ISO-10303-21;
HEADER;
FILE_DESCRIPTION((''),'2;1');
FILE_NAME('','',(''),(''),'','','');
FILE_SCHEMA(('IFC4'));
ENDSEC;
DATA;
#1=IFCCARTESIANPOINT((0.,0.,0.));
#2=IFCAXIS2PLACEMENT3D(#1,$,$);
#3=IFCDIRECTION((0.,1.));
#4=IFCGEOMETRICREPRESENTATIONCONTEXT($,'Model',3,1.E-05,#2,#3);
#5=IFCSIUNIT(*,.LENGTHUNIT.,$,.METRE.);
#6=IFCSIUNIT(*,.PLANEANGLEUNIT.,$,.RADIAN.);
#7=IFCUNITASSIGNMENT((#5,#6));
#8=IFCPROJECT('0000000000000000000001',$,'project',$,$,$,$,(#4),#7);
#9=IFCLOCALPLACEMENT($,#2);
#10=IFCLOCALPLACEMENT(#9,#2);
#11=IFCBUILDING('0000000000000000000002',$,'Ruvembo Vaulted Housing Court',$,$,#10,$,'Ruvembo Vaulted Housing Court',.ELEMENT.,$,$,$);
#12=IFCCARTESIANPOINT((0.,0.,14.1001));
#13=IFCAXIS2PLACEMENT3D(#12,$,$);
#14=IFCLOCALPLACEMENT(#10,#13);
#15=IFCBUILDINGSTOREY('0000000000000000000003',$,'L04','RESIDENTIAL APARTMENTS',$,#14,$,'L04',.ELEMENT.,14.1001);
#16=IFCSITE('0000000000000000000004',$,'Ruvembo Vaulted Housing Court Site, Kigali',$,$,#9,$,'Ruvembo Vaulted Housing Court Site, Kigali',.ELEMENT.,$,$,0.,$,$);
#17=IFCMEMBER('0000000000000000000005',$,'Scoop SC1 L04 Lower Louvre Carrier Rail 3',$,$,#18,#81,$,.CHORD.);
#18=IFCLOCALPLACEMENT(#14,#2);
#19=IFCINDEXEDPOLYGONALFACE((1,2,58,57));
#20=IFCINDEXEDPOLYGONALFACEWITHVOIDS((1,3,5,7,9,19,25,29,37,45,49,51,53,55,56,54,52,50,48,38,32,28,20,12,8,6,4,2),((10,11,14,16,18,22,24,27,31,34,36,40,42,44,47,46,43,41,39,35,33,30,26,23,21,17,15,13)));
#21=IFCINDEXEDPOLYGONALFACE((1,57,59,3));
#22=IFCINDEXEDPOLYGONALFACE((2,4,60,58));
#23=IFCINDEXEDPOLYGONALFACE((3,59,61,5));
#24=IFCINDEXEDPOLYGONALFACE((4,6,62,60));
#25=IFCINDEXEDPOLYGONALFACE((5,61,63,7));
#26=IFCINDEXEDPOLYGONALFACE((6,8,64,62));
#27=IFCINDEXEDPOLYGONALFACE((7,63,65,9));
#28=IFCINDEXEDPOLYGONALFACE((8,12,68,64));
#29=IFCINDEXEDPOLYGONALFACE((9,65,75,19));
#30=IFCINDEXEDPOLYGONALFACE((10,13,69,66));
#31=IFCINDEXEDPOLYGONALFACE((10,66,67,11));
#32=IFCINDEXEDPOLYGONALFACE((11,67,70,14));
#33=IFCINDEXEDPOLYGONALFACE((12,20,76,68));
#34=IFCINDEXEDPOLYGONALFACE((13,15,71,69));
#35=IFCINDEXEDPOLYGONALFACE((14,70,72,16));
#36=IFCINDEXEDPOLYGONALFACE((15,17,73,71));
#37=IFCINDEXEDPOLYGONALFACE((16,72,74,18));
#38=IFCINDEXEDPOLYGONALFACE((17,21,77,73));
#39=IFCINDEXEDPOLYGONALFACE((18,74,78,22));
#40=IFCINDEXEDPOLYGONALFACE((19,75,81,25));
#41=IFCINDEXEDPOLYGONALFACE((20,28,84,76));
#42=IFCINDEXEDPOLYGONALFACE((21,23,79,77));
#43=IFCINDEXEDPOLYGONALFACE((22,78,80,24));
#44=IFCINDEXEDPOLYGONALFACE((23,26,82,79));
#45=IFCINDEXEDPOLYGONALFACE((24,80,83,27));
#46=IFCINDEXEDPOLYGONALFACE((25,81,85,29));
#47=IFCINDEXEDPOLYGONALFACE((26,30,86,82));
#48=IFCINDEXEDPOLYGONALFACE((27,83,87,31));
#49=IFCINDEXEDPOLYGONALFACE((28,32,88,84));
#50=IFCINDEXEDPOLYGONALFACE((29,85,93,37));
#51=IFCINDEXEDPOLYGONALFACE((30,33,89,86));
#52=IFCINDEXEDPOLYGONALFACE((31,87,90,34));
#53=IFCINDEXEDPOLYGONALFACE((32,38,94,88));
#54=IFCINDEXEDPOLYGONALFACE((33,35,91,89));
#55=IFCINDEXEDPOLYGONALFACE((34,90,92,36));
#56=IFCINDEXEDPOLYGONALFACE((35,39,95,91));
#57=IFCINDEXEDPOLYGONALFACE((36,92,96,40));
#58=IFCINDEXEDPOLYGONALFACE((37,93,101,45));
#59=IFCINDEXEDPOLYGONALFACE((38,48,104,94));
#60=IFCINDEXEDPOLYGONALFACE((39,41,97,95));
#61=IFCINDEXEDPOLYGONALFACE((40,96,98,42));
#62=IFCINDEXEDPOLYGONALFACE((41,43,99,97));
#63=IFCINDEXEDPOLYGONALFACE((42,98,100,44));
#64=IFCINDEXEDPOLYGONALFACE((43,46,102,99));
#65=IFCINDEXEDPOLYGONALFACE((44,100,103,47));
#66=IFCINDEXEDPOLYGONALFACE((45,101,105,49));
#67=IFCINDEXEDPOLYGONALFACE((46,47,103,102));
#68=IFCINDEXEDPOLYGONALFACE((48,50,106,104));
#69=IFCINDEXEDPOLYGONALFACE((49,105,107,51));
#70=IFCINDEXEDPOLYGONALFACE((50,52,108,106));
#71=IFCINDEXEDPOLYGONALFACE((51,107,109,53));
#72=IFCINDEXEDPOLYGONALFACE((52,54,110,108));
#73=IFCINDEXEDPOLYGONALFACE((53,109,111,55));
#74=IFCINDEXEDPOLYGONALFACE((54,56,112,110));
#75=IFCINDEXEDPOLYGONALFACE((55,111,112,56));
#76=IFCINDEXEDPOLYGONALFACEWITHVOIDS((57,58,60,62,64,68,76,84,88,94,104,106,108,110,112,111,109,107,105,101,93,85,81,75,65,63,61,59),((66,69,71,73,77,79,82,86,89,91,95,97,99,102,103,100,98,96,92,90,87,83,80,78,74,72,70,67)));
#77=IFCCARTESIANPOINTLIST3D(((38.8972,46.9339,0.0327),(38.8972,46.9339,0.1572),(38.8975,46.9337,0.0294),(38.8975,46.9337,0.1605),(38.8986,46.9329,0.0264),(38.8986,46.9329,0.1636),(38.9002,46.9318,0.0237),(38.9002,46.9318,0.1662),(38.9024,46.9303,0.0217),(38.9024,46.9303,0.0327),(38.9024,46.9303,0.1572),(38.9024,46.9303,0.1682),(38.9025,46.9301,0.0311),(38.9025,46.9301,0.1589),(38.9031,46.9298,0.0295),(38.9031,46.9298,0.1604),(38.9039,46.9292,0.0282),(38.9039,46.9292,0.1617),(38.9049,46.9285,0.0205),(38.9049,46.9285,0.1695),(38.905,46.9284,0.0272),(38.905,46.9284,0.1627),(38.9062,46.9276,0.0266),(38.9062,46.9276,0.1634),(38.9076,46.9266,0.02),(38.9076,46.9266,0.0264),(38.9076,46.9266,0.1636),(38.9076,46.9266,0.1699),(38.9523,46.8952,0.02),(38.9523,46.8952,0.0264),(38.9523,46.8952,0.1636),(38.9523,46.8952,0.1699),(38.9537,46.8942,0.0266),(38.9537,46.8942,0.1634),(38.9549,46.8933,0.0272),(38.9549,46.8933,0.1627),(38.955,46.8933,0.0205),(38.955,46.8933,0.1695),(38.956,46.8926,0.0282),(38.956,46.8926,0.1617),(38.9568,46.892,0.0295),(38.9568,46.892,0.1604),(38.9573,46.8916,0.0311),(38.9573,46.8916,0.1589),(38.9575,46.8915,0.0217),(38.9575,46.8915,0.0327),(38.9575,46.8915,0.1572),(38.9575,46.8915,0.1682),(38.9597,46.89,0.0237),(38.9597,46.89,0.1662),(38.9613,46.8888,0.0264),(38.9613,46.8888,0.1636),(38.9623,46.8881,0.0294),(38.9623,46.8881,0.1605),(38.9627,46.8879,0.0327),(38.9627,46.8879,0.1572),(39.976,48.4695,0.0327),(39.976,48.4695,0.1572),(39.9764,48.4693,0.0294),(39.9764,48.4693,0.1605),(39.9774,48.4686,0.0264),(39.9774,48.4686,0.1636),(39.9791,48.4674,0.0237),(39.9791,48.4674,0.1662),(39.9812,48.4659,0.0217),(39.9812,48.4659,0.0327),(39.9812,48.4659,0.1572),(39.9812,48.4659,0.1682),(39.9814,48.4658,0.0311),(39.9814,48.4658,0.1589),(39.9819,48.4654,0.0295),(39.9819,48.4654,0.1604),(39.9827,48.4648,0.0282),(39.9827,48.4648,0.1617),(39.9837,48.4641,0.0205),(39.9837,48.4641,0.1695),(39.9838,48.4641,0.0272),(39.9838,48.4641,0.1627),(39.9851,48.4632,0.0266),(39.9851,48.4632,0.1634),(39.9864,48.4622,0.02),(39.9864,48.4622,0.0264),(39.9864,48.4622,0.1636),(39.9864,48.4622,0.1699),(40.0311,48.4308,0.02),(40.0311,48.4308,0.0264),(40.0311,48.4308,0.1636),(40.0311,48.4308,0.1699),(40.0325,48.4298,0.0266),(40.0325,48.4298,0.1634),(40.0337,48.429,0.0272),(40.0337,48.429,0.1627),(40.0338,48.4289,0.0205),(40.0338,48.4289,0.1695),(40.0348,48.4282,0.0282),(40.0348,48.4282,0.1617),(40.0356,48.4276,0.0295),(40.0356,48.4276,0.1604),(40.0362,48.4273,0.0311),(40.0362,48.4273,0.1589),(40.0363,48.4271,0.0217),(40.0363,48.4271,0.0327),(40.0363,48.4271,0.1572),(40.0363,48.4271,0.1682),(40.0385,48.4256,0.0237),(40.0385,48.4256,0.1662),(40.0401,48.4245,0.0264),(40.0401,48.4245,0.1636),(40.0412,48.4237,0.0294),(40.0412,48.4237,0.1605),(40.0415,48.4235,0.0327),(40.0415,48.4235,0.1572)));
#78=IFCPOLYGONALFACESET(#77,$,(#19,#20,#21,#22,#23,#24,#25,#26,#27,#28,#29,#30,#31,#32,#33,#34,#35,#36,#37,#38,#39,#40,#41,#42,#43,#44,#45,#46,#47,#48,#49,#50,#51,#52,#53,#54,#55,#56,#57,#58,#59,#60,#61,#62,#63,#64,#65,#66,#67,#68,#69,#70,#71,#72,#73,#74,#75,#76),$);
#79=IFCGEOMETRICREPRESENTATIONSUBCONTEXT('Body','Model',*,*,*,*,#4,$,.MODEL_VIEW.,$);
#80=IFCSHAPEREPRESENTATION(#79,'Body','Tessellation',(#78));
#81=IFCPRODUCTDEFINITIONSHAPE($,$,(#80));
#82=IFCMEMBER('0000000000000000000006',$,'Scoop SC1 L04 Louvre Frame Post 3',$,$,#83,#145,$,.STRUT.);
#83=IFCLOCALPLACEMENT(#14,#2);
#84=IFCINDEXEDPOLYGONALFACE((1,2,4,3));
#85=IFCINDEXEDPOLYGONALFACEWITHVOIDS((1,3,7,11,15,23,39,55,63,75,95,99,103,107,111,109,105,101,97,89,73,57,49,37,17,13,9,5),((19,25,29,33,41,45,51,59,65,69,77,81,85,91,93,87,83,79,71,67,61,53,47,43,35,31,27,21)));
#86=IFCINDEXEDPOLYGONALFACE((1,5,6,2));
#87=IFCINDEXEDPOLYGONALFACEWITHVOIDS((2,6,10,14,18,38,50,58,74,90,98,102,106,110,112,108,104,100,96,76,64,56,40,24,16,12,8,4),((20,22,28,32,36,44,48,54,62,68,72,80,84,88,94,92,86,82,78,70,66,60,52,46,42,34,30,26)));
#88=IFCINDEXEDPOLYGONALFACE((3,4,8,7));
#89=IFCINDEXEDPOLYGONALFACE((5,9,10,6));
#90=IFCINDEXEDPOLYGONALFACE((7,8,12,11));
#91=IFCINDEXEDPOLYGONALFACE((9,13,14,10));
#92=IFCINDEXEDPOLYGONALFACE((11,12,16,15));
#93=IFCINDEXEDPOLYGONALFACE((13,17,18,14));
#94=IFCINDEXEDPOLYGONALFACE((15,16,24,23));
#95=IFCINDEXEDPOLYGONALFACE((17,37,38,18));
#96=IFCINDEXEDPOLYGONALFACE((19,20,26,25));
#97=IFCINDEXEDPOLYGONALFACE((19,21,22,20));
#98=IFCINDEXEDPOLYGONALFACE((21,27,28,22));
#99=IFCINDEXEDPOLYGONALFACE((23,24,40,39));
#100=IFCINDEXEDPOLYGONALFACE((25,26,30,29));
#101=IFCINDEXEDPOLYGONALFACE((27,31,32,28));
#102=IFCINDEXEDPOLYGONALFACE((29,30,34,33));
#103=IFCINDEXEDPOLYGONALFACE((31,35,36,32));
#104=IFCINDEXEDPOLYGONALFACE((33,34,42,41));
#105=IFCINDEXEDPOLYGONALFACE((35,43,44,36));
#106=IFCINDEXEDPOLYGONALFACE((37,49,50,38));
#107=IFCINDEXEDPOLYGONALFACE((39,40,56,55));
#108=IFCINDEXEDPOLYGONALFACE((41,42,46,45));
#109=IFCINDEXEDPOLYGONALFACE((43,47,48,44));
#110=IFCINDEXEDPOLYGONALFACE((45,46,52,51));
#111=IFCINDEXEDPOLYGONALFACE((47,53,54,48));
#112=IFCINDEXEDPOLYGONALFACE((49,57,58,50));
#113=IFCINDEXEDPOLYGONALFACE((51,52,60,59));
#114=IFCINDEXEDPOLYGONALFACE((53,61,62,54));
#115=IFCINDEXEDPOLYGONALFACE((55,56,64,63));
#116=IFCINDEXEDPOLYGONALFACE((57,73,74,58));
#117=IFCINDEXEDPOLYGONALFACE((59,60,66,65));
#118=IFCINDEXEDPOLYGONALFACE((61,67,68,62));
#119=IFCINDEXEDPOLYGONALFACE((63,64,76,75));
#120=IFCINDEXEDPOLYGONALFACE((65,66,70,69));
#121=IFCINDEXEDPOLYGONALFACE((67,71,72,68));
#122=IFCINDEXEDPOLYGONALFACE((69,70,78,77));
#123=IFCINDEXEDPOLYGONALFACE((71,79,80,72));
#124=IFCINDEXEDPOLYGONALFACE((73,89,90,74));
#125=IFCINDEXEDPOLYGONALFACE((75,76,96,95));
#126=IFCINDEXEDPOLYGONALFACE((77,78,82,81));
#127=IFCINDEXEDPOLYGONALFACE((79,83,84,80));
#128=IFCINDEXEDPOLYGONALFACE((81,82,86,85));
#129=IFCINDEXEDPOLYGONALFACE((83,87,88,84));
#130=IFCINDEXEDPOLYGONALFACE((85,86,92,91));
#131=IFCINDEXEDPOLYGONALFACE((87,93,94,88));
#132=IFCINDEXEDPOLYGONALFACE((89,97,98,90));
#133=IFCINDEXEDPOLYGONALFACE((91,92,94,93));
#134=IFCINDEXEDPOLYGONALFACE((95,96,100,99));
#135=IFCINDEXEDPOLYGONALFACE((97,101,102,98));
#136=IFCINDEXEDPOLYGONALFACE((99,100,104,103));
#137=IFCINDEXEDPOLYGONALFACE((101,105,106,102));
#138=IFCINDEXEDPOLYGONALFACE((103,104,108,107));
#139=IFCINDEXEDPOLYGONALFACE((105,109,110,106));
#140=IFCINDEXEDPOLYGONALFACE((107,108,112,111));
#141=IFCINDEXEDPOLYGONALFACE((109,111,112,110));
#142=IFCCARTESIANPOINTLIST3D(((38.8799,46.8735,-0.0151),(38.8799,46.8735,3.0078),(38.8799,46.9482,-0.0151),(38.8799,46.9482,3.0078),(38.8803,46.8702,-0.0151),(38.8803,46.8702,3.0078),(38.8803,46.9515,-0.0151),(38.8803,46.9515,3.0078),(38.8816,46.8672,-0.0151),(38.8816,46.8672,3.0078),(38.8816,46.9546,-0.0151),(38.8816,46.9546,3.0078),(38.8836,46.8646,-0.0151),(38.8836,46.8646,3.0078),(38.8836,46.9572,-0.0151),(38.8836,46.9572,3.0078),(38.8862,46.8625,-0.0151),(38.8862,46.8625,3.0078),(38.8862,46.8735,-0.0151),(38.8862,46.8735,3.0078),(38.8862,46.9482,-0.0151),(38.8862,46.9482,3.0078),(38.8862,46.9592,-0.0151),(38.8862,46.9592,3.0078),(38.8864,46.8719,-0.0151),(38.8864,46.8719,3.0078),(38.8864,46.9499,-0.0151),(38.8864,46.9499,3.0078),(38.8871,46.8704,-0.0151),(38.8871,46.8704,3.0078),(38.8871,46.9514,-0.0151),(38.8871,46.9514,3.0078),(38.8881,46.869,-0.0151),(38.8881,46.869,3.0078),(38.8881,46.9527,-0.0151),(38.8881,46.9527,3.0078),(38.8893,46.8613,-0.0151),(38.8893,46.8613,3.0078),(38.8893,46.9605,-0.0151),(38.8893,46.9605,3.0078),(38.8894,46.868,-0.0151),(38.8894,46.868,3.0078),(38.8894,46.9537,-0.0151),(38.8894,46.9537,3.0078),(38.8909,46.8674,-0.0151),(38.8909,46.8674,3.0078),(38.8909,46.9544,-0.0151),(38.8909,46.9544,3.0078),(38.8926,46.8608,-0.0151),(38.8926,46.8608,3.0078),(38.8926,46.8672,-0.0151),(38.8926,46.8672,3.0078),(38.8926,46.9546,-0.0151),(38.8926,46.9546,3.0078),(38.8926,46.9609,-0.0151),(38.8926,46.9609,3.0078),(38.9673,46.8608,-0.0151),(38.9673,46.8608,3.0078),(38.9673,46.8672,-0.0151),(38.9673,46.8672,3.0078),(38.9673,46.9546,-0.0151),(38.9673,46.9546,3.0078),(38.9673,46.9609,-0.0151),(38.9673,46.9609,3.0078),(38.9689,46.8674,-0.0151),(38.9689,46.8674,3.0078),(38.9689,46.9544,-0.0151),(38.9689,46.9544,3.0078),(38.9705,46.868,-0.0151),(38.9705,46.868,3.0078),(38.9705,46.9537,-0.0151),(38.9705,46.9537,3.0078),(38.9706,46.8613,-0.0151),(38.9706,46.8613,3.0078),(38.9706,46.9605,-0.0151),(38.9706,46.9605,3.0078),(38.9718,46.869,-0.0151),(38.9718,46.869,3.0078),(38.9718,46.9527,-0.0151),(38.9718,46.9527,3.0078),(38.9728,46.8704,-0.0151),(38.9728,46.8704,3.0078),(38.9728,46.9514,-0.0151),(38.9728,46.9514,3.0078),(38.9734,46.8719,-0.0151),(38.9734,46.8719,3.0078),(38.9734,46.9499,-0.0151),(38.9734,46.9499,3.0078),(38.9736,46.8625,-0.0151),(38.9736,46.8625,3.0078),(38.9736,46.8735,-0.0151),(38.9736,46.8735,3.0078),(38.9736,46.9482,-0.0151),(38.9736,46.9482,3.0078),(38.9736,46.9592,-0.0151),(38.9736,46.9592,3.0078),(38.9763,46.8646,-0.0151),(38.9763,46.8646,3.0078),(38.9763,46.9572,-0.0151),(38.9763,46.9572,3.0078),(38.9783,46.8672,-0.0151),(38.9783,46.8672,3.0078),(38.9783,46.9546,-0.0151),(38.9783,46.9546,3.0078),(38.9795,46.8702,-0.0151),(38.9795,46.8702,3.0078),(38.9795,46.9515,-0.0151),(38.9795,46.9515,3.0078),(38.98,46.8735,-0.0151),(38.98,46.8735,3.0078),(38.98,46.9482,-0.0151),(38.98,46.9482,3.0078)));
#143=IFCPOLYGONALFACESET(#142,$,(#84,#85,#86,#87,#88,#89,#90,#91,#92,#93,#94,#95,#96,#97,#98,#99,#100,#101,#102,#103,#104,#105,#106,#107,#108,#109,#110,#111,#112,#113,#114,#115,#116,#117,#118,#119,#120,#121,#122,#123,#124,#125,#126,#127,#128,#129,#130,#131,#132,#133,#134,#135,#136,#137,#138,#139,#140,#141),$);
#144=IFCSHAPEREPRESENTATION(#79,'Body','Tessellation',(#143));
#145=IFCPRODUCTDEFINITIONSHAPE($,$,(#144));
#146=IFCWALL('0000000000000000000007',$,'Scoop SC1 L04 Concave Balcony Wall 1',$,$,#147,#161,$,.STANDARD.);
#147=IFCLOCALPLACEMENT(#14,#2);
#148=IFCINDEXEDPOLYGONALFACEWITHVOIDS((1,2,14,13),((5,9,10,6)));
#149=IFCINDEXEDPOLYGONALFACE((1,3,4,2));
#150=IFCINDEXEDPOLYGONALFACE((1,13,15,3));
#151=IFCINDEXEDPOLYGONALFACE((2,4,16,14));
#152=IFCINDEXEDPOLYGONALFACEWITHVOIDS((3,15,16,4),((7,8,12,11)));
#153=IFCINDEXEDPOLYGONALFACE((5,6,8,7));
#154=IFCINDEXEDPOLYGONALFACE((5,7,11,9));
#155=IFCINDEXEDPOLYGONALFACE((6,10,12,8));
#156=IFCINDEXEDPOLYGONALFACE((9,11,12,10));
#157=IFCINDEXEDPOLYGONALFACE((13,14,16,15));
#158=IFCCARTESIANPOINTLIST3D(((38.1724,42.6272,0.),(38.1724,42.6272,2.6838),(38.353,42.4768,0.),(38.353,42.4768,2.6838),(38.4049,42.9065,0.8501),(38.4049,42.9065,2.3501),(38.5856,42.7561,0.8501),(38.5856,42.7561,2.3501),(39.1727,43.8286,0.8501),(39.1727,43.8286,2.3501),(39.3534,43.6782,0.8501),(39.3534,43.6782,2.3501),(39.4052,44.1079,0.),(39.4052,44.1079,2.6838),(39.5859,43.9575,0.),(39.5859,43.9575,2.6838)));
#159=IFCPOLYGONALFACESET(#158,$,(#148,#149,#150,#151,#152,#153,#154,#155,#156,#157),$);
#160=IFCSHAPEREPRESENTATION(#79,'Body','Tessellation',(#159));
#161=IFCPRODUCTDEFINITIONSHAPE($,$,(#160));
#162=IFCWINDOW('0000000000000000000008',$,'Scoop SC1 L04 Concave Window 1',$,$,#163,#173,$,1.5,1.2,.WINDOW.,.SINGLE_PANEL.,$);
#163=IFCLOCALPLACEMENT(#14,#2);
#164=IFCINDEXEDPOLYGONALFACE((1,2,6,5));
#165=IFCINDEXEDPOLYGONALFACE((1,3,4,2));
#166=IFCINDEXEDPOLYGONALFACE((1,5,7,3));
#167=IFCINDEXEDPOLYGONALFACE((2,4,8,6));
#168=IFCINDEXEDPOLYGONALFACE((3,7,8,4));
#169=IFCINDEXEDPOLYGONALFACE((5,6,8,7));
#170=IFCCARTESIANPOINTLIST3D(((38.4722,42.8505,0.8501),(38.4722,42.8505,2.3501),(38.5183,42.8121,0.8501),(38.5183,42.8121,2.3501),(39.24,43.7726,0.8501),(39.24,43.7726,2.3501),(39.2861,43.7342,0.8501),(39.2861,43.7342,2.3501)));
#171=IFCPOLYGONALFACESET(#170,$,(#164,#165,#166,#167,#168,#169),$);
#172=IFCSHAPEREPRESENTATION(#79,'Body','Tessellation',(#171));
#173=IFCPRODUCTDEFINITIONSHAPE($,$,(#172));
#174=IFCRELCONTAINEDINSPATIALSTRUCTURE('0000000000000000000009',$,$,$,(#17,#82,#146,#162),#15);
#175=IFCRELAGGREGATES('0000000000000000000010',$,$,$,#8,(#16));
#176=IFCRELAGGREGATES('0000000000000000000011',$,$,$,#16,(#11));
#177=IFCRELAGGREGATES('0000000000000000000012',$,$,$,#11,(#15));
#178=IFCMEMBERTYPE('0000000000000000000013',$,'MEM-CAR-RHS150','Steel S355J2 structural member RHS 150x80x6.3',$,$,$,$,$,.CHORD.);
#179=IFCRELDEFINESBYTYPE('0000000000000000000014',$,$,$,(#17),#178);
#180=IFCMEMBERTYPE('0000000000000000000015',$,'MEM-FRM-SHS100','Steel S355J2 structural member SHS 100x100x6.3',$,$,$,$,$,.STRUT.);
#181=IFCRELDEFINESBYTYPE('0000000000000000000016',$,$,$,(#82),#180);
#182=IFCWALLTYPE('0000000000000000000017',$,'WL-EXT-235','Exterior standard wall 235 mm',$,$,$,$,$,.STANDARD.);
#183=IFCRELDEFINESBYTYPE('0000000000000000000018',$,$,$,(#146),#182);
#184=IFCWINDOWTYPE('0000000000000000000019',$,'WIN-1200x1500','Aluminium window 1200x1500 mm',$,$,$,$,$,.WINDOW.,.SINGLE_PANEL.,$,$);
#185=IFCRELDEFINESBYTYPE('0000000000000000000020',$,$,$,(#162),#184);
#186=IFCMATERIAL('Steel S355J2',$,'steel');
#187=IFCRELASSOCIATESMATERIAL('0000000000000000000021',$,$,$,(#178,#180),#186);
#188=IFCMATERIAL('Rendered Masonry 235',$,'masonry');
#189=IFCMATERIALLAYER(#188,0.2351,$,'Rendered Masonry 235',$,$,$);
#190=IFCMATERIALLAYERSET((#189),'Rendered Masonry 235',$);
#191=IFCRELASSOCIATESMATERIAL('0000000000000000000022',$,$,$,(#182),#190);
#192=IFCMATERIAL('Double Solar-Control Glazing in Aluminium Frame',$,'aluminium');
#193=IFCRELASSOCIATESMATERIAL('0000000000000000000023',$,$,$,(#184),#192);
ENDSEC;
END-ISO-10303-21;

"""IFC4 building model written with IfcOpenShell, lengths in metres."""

from ifc_helpers import new_model, si_unit, direction, frame, frame_2d, origin, origin_2d, place, context, subcontext, project, spatial, rectangle, hollow_rectangle, extrude, material, layer, layer_set, material_profile, profile_set, type_object, element, fill, save


model = new_model("IFC4")

# Units and contexts
model_context = context("Model", 3, precision=1e-05, world=origin(), true_north=direction((0.0, 1.0)))
body_context = subcontext(model_context, "Body", "Model", "MODEL_VIEW")
ifc_project = project(units=[si_unit("LENGTHUNIT", "METRE"), si_unit("PLANEANGLEUNIT", "RADIAN")], contexts=[model_context])

# Site, building, storey
site_placement = place(None, origin())
site = spatial("IfcSite", under=ifc_project, at=site_placement, Name="Ruvembo Vaulted Housing Court Site, Kigali", LongName="Ruvembo Vaulted Housing Court Site, Kigali", CompositionType="ELEMENT", RefElevation=0.0)
building_placement = place(site_placement, origin())
building = spatial("IfcBuilding", under=site, at=building_placement, Name="Ruvembo Vaulted Housing Court", LongName="Ruvembo Vaulted Housing Court", CompositionType="ELEMENT")
storey_placement = place(building_placement, frame((0.0, 0.0, 14.1001)))
storey = spatial("IfcBuildingStorey", under=building, at=storey_placement, Name="L04", Description="RESIDENTIAL APARTMENTS", LongName="L04", CompositionType="ELEMENT", Elevation=14.1001)

# Shared definitions
ifc_material_1 = material(Name="Steel S355J2", Category="steel")

# Members
ifc_material_profile_1 = material_profile(ifc_material_1, hollow_rectangle(XDim=0.0801, YDim=0.1499, WallThickness=0.0063, InnerFilletRadius=0.0063, OuterFilletRadius=0.0127, at=origin_2d()), Name="RHS 150x80x6.3")
ifc_profile_set_1 = profile_set([ifc_material_profile_1], Name="Steel S355J2")
member_type_1 = type_object("IfcMemberType", Name="MEM-CAR-RHS150", Description="Steel S355J2 structural member RHS 150x80x6.3", PredefinedType="CHORD", material=ifc_profile_set_1)
member_1_placement = place(storey_placement, frame((38.9299, 46.9109, 0.095), z_axis=(0.574858, 0.818253, 0.0), x_axis=(-0.818253, 0.574858, 0.0)))
element("IfcMember", 1, at=member_1_placement, inside=storey, type_object=member_type_1, Name="Scoop SC1 L04 Lower Louvre Carrier Rail 3", PredefinedType="CHORD", context=body_context, shape_type="SweptSolid", body=[
    extrude(hollow_rectangle(XDim=0.0801, YDim=0.1499, WallThickness=0.0063, InnerFilletRadius=0.0063, OuterFilletRadius=0.0127, at=origin_2d()), origin(), (0.0, 0.0, 1.0), 1.8767),
])
ifc_material_profile_2 = material_profile(ifc_material_1, hollow_rectangle(XDim=0.1001, YDim=0.1001, WallThickness=0.0063, InnerFilletRadius=0.0063, OuterFilletRadius=0.0127, at=origin_2d()), Name="SHS 100x100x6.3")
ifc_profile_set_2 = profile_set([ifc_material_profile_2], Name="Steel S355J2")
member_type_2 = type_object("IfcMemberType", Name="MEM-FRM-SHS100", Description="Steel S355J2 structural member SHS 100x100x6.3", PredefinedType="STRUT", material=ifc_profile_set_2)
member_2_placement = place(storey_placement, frame((38.9299, 46.9109, -0.0151), z_axis=(0.0, 0.0, 1.0), x_axis=(1.0, 0.0, 0.0)))
element("IfcMember", 2, at=member_2_placement, inside=storey, type_object=member_type_2, Name="Scoop SC1 L04 Louvre Frame Post 3", PredefinedType="STRUT", context=body_context, shape_type="SweptSolid", body=[
    extrude(hollow_rectangle(XDim=0.1001, YDim=0.1001, WallThickness=0.0063, InnerFilletRadius=0.0063, OuterFilletRadius=0.0127, at=origin_2d()), origin(), (0.0, 0.0, 1.0), 3.0229),
])

# Wall, opening, window
ifc_material_2 = material(Name="Rendered Masonry 235", Category="masonry")
ifc_layer_1 = layer(ifc_material_2, 0.2351, Name="Rendered Masonry 235")
ifc_layer_set_1 = layer_set([ifc_layer_1], Name="Rendered Masonry 235")
wall_type_1 = type_object("IfcWallType", Name="WL-EXT-235", Description="Exterior standard wall 235 mm", PredefinedType="STANDARD", material=ifc_layer_set_1)
wall_1_placement = place(storey_placement, frame((38.2627, 42.552, 0.0), z_axis=(0.0, 0.0, 1.0), x_axis=(0.639873, 0.768481, 0.0)))
wall_1 = element("IfcWall", 3, at=wall_1_placement, inside=storey, type_object=wall_type_1, Name="Scoop SC1 L04 Concave Balcony Wall 1", PredefinedType="STANDARD", context=body_context, shape_type="SweptSolid", body=[
    extrude(rectangle(XDim=1.9268, YDim=0.2351, at=frame_2d((0.9634, 0.0))), origin(), (0.0, 0.0, 1.0), 2.6838),
])
opening_1_placement = place(wall_1_placement, frame((0.3633, 0.0, 0.8501)))
opening_1 = element("IfcOpeningElement", 4, at=opening_1_placement, cuts=wall_1, PredefinedType="OPENING", context=body_context, shape_type="SweptSolid", body=[
    extrude(rectangle(XDim=1.2, YDim=1.5, at=frame_2d((0.6001, 0.75))), frame((0.0, 0.1274, 0.0), z_axis=(0.0, -1.0, 0.0), x_axis=(1.0, 0.0, 0.0)), (0.0, 0.0, 1.0), 0.2551),
])
ifc_material_3 = material(Name="Double Solar-Control Glazing in Aluminium Frame", Category="aluminium")
window_type_1 = type_object("IfcWindowType", Name="WIN-1200x1500", Description="Aluminium window 1200x1500 mm", PartitioningType="SINGLE_PANEL", PredefinedType="WINDOW", material=ifc_material_3)
window_1_placement = place(opening_1_placement, origin())
window_1 = element("IfcWindow", 5, at=window_1_placement, inside=storey, type_object=window_type_1, Name="Scoop SC1 L04 Concave Window 1", OverallHeight=1.5, OverallWidth=1.2, PartitioningType="SINGLE_PANEL", PredefinedType="WINDOW", context=body_context, shape_type="SweptSolid", body=[
    extrude(rectangle(XDim=1.2, YDim=1.5, at=frame_2d((0.6001, 0.75))), frame((0.0, 0.03, 0.0), z_axis=(0.0, -1.0, 0.0), x_axis=(1.0, 0.0, 0.0)), (0.0, 0.0, 1.0), 0.0601),
])
fill(opening_1, window_1)

save(model, "model.ifc")
